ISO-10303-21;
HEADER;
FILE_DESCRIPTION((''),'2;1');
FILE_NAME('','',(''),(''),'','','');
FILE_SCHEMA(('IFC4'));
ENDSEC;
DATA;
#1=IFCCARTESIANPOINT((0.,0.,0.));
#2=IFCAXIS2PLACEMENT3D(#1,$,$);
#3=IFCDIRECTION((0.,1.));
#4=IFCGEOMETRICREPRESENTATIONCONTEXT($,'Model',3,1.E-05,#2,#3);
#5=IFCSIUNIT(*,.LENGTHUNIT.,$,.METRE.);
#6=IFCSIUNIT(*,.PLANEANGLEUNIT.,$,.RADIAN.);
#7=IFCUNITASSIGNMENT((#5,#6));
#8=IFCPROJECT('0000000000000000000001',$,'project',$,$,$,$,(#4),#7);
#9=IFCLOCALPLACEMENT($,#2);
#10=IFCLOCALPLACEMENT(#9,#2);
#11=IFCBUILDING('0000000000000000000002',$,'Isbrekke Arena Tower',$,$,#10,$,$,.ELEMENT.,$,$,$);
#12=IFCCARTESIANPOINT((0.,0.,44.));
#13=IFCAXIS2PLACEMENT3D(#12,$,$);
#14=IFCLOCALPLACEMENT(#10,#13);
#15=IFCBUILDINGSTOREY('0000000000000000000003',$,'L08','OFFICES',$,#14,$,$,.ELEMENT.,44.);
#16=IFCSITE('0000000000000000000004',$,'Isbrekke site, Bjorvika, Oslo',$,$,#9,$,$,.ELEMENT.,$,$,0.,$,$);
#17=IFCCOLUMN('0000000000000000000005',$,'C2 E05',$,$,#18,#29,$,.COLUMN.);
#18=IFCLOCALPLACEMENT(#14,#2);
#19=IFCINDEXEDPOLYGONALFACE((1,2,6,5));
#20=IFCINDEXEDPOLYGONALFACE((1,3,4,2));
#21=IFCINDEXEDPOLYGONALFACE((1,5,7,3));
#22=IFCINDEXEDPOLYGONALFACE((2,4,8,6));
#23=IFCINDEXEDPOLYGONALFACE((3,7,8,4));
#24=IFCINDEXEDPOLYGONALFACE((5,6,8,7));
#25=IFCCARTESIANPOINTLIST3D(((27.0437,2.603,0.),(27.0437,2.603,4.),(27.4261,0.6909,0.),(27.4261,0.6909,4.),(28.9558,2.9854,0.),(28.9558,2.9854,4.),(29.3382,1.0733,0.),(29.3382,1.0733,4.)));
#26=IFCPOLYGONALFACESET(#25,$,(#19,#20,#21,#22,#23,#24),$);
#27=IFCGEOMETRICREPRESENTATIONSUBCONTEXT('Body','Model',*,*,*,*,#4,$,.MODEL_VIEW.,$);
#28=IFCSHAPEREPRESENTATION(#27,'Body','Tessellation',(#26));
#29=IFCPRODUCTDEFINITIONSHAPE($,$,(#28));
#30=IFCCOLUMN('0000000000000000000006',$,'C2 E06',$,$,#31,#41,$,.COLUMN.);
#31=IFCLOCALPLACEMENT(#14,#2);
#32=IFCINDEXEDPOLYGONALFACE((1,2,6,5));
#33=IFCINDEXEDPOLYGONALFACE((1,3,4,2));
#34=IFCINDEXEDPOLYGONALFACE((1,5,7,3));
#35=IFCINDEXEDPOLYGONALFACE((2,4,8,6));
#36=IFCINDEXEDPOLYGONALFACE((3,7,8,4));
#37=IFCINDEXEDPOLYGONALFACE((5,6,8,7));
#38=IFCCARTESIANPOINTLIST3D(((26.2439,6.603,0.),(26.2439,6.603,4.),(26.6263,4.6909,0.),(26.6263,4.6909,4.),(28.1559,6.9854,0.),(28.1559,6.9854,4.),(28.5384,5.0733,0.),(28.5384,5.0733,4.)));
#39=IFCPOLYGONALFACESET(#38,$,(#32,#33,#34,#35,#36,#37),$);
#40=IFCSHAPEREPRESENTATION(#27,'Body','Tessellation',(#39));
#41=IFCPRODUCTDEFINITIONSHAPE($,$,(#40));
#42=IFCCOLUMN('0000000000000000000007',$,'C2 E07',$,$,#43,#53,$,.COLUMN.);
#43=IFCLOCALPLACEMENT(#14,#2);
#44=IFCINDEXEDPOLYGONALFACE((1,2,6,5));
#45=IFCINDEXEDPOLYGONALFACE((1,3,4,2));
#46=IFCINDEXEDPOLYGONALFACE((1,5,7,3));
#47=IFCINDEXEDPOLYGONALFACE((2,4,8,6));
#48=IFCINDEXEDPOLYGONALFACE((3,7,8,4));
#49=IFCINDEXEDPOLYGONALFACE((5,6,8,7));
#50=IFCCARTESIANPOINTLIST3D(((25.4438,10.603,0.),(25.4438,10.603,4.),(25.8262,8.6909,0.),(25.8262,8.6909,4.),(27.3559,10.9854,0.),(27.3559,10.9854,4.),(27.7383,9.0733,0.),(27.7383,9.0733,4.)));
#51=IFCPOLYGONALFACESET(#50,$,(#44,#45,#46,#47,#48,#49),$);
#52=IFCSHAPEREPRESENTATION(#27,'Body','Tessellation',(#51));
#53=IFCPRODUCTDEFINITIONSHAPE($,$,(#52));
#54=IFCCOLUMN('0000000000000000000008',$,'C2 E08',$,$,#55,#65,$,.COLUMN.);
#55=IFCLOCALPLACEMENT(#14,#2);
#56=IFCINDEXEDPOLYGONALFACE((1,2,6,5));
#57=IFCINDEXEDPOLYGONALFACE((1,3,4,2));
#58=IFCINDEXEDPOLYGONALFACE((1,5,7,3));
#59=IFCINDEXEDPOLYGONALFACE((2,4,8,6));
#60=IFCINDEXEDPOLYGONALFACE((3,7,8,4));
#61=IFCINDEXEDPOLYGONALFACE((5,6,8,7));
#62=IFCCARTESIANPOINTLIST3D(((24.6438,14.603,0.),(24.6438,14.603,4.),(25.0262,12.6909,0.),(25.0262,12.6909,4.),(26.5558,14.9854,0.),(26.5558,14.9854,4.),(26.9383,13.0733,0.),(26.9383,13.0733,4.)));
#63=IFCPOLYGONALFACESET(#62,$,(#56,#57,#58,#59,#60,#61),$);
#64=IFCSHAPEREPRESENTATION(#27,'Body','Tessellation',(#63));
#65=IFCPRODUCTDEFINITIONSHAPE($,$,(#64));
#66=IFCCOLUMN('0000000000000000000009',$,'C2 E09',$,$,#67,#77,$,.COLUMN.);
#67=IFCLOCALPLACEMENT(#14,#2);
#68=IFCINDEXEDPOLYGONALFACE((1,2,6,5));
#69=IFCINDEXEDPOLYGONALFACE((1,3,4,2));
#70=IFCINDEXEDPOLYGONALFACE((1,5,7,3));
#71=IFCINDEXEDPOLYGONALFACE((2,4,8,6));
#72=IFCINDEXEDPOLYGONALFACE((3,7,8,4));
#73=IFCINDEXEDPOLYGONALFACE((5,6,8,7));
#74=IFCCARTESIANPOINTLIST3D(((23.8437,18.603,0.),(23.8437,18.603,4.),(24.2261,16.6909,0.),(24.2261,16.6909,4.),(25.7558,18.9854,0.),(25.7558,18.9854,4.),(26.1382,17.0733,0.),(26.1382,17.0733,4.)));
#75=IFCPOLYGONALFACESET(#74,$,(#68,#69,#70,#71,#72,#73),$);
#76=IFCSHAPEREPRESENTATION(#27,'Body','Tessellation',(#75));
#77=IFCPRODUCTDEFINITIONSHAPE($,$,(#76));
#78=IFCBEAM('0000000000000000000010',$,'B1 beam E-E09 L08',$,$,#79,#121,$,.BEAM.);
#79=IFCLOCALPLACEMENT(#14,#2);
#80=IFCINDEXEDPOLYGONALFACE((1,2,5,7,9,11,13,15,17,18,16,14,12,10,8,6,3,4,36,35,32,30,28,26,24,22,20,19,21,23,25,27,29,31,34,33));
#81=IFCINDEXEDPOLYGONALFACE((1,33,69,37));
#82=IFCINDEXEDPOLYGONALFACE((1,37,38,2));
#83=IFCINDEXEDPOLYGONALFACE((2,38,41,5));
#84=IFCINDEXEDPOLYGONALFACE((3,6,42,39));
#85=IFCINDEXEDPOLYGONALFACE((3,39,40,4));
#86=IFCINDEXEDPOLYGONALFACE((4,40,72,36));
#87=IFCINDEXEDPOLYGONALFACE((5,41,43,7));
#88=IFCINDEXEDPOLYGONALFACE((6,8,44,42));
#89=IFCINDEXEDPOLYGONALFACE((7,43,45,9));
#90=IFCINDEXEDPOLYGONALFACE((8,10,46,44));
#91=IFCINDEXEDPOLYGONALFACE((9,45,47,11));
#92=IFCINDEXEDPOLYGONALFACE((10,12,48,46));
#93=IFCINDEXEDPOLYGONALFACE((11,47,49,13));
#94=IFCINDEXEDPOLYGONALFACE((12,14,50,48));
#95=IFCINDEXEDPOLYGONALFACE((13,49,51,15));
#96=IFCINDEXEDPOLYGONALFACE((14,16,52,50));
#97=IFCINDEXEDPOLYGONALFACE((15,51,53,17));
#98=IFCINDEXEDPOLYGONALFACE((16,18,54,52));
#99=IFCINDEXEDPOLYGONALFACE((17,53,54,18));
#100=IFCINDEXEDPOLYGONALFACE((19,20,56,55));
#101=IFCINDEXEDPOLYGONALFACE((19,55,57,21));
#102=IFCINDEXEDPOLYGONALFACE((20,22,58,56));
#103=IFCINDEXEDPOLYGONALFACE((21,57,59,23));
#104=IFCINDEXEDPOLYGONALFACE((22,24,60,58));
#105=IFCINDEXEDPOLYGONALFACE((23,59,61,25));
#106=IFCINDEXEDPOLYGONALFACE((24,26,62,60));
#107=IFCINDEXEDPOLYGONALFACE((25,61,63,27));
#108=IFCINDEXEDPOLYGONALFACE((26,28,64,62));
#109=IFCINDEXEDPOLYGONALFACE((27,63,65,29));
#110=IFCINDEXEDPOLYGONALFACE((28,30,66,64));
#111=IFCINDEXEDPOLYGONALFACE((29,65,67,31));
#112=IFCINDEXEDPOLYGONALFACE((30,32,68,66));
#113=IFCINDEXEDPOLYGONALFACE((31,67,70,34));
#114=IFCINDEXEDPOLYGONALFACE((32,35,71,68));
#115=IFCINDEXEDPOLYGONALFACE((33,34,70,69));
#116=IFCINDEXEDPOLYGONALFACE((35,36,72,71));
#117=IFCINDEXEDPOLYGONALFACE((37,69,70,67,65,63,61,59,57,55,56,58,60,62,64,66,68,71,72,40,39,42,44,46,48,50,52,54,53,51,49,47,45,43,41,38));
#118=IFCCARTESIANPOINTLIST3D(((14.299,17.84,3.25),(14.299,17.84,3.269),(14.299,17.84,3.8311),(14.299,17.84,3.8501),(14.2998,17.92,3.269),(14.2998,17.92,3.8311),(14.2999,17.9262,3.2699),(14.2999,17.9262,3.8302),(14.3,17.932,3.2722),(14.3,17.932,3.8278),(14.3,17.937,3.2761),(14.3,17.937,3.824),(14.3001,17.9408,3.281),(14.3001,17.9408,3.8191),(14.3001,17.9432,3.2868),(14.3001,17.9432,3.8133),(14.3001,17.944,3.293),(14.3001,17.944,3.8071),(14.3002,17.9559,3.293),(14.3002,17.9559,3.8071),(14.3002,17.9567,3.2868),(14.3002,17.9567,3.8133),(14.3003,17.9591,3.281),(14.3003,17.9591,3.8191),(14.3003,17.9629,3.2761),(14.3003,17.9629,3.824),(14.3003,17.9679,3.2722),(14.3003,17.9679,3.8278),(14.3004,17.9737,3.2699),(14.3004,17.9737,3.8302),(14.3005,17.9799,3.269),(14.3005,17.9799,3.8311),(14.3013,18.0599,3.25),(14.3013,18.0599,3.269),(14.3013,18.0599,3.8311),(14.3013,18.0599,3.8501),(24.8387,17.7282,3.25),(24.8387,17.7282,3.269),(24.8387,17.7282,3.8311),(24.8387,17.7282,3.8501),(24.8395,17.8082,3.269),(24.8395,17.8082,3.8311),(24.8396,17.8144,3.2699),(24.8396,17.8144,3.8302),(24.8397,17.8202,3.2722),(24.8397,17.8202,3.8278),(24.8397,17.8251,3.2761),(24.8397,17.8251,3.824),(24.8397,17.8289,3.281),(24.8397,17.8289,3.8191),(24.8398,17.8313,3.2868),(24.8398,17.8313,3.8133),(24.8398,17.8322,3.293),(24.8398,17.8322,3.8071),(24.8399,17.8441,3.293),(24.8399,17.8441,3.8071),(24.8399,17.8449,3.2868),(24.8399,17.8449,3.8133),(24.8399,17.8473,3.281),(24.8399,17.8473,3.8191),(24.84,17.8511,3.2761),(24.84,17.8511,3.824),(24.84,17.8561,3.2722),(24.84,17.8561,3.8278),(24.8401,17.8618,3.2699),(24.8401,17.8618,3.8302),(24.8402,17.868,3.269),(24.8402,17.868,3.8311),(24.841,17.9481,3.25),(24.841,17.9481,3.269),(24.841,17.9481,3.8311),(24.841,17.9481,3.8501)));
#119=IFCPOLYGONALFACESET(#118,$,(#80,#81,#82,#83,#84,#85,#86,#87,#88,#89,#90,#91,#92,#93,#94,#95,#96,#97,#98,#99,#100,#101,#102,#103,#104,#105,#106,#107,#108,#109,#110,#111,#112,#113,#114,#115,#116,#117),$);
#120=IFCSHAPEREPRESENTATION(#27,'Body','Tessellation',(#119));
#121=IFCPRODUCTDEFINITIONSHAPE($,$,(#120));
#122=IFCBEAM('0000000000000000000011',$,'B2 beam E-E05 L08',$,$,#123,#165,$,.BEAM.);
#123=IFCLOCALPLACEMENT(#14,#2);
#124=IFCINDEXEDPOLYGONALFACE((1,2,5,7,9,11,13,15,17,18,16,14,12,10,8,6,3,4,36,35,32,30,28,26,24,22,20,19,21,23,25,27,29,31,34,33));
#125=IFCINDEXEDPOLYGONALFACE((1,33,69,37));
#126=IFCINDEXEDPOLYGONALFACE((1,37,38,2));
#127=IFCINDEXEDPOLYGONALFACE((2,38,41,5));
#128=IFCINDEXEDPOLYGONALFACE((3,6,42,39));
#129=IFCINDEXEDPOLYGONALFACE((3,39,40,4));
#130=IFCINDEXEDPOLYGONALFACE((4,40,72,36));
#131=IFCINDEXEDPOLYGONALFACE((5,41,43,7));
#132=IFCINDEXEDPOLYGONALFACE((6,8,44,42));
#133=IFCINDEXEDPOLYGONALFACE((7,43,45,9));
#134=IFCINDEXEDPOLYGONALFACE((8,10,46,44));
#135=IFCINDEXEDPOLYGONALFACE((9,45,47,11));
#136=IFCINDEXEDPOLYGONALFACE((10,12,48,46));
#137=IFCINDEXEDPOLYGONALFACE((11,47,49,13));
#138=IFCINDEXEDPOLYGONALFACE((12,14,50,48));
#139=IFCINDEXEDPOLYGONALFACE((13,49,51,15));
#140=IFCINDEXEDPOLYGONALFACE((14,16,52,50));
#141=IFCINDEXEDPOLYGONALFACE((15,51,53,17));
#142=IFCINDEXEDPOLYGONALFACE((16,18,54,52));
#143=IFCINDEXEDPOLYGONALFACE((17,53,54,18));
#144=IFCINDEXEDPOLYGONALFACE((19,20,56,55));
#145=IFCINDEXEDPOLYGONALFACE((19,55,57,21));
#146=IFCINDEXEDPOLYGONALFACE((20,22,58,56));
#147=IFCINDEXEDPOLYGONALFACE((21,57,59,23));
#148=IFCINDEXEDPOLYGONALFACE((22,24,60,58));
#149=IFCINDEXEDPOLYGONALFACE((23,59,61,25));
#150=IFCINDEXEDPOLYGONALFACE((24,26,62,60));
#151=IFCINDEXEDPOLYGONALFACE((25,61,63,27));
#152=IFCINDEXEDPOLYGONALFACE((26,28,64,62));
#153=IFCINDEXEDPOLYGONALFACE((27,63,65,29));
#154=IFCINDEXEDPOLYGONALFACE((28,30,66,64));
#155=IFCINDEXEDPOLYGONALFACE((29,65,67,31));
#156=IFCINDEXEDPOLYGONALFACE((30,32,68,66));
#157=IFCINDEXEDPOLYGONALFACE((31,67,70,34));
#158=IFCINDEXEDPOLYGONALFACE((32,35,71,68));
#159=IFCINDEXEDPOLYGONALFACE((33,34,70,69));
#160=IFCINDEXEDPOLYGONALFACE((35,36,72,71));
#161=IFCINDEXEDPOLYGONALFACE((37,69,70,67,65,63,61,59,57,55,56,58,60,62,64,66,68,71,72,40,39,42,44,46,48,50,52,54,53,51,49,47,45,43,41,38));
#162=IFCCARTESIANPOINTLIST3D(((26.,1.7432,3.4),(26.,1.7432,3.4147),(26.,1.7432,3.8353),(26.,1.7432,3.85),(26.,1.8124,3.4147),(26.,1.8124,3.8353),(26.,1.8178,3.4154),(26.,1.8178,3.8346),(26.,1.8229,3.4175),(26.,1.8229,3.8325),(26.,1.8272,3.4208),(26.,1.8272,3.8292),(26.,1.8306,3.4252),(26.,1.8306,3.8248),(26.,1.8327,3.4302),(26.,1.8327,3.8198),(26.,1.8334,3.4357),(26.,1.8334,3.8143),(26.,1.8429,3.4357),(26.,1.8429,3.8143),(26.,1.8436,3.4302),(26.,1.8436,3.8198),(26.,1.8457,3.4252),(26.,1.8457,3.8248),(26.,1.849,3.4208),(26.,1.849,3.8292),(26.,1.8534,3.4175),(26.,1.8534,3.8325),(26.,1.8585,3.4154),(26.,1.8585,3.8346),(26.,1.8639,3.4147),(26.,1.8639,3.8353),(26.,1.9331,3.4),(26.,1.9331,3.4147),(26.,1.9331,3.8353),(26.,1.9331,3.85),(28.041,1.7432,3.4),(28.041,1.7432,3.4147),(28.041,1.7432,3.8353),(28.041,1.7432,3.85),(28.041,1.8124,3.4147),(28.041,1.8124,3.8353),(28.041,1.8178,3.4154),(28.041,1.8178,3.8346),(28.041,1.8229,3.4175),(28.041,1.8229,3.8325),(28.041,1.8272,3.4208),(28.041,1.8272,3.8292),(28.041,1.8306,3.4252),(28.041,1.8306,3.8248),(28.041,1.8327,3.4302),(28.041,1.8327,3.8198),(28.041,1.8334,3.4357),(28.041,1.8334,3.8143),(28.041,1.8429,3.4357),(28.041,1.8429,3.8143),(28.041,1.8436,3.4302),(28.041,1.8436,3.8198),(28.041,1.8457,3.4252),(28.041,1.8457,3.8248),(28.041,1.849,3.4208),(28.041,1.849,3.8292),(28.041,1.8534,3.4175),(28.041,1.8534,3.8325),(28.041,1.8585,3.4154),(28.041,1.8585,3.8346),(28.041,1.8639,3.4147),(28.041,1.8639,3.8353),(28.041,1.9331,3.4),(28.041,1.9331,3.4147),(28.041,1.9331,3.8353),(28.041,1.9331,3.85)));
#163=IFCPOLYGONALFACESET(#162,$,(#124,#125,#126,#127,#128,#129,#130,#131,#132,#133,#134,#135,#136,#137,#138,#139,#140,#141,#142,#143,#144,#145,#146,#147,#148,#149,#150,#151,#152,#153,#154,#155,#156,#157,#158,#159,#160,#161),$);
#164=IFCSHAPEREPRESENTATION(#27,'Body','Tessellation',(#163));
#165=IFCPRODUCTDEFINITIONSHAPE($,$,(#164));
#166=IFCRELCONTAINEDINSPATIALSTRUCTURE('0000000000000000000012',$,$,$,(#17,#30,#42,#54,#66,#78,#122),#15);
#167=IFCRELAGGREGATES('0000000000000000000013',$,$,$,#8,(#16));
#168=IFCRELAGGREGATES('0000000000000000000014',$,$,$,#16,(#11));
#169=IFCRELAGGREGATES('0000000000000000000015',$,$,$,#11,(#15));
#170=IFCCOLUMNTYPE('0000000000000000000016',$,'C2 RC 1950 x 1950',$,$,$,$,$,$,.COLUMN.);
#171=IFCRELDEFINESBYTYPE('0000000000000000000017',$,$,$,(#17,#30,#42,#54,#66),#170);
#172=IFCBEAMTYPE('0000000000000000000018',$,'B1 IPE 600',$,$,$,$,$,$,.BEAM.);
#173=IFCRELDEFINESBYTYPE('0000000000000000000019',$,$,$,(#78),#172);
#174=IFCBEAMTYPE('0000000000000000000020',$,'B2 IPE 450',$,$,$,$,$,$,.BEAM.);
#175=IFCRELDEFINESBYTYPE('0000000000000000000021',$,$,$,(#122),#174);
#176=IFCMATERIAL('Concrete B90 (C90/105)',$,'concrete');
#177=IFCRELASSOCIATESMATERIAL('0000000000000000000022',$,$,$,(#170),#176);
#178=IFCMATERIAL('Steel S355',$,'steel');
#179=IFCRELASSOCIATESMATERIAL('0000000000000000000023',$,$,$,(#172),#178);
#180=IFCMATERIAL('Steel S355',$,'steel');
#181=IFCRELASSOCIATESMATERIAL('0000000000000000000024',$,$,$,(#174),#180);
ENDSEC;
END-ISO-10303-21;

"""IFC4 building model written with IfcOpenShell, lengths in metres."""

from ifc_helpers import new_model, si_unit, direction, frame, origin, origin_2d, place, context, subcontext, project, spatial, rectangle, i_section, extrude, material, material_profile, profile_set, type_object, element, save


model = new_model("IFC4")

# Units and contexts
model_context = context("Model", 3, precision=1e-05, world=origin(), true_north=direction((0.0, 1.0)))
body_context = subcontext(model_context, "Body", "Model", "MODEL_VIEW")
ifc_project = project(units=[si_unit("LENGTHUNIT", "METRE"), si_unit("PLANEANGLEUNIT", "RADIAN")], contexts=[model_context])

# Site, building, storey
site_placement = place(None, origin())
site = spatial("IfcSite", under=ifc_project, at=site_placement, Name="Isbrekke site, Bjorvika, Oslo", CompositionType="ELEMENT", RefElevation=0.0)
building_placement = place(site_placement, origin())
building = spatial("IfcBuilding", under=site, at=building_placement, Name="Isbrekke Arena Tower", CompositionType="ELEMENT")
storey_placement = place(building_placement, frame((0.0, 0.0, 44.0)))
storey = spatial("IfcBuildingStorey", under=building, at=storey_placement, Name="L08", Description="OFFICES", CompositionType="ELEMENT", Elevation=44.0)

# Columns
ifc_material_1 = material(Name="Concrete B90 (C90/105)", Category="concrete")
ifc_material_profile_1 = material_profile(ifc_material_1, rectangle(XDim=1.95, YDim=1.95, at=origin_2d()), Name="RC 1950x1950")
ifc_profile_set_1 = profile_set([ifc_material_profile_1], Name="Concrete B90 (C90/105)")
column_type = type_object("IfcColumnType", Name="C2 RC 1950 x 1950", PredefinedType="COLUMN", material=ifc_profile_set_1)
for number, where, z_axis, x_axis, name in (
    (1, (28.1909, 1.8381, 0.0), (0.0, 0.0, 1.0), (-0.196116, 0.980581, 0.0), "C2 E05"),
    (2, (27.3911, 5.8381, 0.0), (0.0, 0.0, 1.0), (-0.196116, 0.980581, 0.0), "C2 E06"),
    (3, (26.5911, 9.8381, 0.0), (0.0, 0.0, 1.0), (-0.196116, 0.980581, 0.0), "C2 E07"),
    (4, (25.791, 13.8381, 0.0), (0.0, 0.0, 1.0), (-0.196116, 0.980581, 0.0), "C2 E08"),
    (5, (24.991, 17.8381, 0.0), (0.0, 0.0, 1.0), (-0.196116, 0.980581, 0.0), "C2 E09"),
):
    element("IfcColumn", number, at=place(storey_placement, frame(where, z_axis=z_axis, x_axis=x_axis)), inside=storey, type_object=column_type, Name=name, PredefinedType="COLUMN", context=body_context, shape_type="SweptSolid", body=[
        extrude(rectangle(XDim=1.95, YDim=1.95, at=origin_2d()), origin(), (0.0, 0.0, 1.0), 4.0),
    ])

# Beams
ifc_material_2 = material(Name="Steel S355", Category="steel")
ifc_material_profile_2 = material_profile(ifc_material_2, i_section(OverallWidth=0.22, OverallDepth=0.6001, WebThickness=0.012, FlangeThickness=0.019, FilletRadius=0.0239, at=origin_2d()), Name="IPE 600")
ifc_profile_set_2 = profile_set([ifc_material_profile_2], Name="Steel S355")
beam_type_1 = type_object("IfcBeamType", Name="B1 IPE 600", PredefinedType="BEAM", material=ifc_profile_set_2)
beam_1_placement = place(storey_placement, frame((24.8398, 17.8381, 3.55), z_axis=(-0.999944, 0.010608, 0.0), x_axis=(-0.010608, -0.999944, 0.0)))
element("IfcBeam", 6, at=beam_1_placement, inside=storey, type_object=beam_type_1, Name="B1 beam E-E09 L08", PredefinedType="BEAM", context=body_context, shape_type="SweptSolid", body=[
    extrude(i_section(OverallWidth=0.22, OverallDepth=0.6001, WebThickness=0.012, FlangeThickness=0.019, FilletRadius=0.0239, at=origin_2d()), origin(), (0.0, 0.0, 1.0), 10.5403),
])
ifc_material_3 = material(Name="Steel S355", Category="steel")
ifc_material_profile_3 = material_profile(ifc_material_3, i_section(OverallWidth=0.1899, OverallDepth=0.45, WebThickness=0.0095, FlangeThickness=0.0146, FilletRadius=0.021, at=origin_2d()), Name="IPE 450")
ifc_profile_set_3 = profile_set([ifc_material_profile_3], Name="Steel S355")
beam_type_2 = type_object("IfcBeamType", Name="B2 IPE 450", PredefinedType="BEAM", material=ifc_profile_set_3)
beam_2_placement = place(storey_placement, frame((28.041, 1.8381, 3.625), z_axis=(-1.0, 0.0, 0.0), x_axis=(0.0, -1.0, 0.0)))
element("IfcBeam", 7, at=beam_2_placement, inside=storey, type_object=beam_type_2, Name="B2 beam E-E05 L08", PredefinedType="BEAM", context=body_context, shape_type="SweptSolid", body=[
    extrude(i_section(OverallWidth=0.1899, OverallDepth=0.45, WebThickness=0.0095, FlangeThickness=0.0146, FilletRadius=0.021, at=origin_2d()), origin(), (0.0, 0.0, 1.0), 2.041),
])

save(model, "model.ifc")
